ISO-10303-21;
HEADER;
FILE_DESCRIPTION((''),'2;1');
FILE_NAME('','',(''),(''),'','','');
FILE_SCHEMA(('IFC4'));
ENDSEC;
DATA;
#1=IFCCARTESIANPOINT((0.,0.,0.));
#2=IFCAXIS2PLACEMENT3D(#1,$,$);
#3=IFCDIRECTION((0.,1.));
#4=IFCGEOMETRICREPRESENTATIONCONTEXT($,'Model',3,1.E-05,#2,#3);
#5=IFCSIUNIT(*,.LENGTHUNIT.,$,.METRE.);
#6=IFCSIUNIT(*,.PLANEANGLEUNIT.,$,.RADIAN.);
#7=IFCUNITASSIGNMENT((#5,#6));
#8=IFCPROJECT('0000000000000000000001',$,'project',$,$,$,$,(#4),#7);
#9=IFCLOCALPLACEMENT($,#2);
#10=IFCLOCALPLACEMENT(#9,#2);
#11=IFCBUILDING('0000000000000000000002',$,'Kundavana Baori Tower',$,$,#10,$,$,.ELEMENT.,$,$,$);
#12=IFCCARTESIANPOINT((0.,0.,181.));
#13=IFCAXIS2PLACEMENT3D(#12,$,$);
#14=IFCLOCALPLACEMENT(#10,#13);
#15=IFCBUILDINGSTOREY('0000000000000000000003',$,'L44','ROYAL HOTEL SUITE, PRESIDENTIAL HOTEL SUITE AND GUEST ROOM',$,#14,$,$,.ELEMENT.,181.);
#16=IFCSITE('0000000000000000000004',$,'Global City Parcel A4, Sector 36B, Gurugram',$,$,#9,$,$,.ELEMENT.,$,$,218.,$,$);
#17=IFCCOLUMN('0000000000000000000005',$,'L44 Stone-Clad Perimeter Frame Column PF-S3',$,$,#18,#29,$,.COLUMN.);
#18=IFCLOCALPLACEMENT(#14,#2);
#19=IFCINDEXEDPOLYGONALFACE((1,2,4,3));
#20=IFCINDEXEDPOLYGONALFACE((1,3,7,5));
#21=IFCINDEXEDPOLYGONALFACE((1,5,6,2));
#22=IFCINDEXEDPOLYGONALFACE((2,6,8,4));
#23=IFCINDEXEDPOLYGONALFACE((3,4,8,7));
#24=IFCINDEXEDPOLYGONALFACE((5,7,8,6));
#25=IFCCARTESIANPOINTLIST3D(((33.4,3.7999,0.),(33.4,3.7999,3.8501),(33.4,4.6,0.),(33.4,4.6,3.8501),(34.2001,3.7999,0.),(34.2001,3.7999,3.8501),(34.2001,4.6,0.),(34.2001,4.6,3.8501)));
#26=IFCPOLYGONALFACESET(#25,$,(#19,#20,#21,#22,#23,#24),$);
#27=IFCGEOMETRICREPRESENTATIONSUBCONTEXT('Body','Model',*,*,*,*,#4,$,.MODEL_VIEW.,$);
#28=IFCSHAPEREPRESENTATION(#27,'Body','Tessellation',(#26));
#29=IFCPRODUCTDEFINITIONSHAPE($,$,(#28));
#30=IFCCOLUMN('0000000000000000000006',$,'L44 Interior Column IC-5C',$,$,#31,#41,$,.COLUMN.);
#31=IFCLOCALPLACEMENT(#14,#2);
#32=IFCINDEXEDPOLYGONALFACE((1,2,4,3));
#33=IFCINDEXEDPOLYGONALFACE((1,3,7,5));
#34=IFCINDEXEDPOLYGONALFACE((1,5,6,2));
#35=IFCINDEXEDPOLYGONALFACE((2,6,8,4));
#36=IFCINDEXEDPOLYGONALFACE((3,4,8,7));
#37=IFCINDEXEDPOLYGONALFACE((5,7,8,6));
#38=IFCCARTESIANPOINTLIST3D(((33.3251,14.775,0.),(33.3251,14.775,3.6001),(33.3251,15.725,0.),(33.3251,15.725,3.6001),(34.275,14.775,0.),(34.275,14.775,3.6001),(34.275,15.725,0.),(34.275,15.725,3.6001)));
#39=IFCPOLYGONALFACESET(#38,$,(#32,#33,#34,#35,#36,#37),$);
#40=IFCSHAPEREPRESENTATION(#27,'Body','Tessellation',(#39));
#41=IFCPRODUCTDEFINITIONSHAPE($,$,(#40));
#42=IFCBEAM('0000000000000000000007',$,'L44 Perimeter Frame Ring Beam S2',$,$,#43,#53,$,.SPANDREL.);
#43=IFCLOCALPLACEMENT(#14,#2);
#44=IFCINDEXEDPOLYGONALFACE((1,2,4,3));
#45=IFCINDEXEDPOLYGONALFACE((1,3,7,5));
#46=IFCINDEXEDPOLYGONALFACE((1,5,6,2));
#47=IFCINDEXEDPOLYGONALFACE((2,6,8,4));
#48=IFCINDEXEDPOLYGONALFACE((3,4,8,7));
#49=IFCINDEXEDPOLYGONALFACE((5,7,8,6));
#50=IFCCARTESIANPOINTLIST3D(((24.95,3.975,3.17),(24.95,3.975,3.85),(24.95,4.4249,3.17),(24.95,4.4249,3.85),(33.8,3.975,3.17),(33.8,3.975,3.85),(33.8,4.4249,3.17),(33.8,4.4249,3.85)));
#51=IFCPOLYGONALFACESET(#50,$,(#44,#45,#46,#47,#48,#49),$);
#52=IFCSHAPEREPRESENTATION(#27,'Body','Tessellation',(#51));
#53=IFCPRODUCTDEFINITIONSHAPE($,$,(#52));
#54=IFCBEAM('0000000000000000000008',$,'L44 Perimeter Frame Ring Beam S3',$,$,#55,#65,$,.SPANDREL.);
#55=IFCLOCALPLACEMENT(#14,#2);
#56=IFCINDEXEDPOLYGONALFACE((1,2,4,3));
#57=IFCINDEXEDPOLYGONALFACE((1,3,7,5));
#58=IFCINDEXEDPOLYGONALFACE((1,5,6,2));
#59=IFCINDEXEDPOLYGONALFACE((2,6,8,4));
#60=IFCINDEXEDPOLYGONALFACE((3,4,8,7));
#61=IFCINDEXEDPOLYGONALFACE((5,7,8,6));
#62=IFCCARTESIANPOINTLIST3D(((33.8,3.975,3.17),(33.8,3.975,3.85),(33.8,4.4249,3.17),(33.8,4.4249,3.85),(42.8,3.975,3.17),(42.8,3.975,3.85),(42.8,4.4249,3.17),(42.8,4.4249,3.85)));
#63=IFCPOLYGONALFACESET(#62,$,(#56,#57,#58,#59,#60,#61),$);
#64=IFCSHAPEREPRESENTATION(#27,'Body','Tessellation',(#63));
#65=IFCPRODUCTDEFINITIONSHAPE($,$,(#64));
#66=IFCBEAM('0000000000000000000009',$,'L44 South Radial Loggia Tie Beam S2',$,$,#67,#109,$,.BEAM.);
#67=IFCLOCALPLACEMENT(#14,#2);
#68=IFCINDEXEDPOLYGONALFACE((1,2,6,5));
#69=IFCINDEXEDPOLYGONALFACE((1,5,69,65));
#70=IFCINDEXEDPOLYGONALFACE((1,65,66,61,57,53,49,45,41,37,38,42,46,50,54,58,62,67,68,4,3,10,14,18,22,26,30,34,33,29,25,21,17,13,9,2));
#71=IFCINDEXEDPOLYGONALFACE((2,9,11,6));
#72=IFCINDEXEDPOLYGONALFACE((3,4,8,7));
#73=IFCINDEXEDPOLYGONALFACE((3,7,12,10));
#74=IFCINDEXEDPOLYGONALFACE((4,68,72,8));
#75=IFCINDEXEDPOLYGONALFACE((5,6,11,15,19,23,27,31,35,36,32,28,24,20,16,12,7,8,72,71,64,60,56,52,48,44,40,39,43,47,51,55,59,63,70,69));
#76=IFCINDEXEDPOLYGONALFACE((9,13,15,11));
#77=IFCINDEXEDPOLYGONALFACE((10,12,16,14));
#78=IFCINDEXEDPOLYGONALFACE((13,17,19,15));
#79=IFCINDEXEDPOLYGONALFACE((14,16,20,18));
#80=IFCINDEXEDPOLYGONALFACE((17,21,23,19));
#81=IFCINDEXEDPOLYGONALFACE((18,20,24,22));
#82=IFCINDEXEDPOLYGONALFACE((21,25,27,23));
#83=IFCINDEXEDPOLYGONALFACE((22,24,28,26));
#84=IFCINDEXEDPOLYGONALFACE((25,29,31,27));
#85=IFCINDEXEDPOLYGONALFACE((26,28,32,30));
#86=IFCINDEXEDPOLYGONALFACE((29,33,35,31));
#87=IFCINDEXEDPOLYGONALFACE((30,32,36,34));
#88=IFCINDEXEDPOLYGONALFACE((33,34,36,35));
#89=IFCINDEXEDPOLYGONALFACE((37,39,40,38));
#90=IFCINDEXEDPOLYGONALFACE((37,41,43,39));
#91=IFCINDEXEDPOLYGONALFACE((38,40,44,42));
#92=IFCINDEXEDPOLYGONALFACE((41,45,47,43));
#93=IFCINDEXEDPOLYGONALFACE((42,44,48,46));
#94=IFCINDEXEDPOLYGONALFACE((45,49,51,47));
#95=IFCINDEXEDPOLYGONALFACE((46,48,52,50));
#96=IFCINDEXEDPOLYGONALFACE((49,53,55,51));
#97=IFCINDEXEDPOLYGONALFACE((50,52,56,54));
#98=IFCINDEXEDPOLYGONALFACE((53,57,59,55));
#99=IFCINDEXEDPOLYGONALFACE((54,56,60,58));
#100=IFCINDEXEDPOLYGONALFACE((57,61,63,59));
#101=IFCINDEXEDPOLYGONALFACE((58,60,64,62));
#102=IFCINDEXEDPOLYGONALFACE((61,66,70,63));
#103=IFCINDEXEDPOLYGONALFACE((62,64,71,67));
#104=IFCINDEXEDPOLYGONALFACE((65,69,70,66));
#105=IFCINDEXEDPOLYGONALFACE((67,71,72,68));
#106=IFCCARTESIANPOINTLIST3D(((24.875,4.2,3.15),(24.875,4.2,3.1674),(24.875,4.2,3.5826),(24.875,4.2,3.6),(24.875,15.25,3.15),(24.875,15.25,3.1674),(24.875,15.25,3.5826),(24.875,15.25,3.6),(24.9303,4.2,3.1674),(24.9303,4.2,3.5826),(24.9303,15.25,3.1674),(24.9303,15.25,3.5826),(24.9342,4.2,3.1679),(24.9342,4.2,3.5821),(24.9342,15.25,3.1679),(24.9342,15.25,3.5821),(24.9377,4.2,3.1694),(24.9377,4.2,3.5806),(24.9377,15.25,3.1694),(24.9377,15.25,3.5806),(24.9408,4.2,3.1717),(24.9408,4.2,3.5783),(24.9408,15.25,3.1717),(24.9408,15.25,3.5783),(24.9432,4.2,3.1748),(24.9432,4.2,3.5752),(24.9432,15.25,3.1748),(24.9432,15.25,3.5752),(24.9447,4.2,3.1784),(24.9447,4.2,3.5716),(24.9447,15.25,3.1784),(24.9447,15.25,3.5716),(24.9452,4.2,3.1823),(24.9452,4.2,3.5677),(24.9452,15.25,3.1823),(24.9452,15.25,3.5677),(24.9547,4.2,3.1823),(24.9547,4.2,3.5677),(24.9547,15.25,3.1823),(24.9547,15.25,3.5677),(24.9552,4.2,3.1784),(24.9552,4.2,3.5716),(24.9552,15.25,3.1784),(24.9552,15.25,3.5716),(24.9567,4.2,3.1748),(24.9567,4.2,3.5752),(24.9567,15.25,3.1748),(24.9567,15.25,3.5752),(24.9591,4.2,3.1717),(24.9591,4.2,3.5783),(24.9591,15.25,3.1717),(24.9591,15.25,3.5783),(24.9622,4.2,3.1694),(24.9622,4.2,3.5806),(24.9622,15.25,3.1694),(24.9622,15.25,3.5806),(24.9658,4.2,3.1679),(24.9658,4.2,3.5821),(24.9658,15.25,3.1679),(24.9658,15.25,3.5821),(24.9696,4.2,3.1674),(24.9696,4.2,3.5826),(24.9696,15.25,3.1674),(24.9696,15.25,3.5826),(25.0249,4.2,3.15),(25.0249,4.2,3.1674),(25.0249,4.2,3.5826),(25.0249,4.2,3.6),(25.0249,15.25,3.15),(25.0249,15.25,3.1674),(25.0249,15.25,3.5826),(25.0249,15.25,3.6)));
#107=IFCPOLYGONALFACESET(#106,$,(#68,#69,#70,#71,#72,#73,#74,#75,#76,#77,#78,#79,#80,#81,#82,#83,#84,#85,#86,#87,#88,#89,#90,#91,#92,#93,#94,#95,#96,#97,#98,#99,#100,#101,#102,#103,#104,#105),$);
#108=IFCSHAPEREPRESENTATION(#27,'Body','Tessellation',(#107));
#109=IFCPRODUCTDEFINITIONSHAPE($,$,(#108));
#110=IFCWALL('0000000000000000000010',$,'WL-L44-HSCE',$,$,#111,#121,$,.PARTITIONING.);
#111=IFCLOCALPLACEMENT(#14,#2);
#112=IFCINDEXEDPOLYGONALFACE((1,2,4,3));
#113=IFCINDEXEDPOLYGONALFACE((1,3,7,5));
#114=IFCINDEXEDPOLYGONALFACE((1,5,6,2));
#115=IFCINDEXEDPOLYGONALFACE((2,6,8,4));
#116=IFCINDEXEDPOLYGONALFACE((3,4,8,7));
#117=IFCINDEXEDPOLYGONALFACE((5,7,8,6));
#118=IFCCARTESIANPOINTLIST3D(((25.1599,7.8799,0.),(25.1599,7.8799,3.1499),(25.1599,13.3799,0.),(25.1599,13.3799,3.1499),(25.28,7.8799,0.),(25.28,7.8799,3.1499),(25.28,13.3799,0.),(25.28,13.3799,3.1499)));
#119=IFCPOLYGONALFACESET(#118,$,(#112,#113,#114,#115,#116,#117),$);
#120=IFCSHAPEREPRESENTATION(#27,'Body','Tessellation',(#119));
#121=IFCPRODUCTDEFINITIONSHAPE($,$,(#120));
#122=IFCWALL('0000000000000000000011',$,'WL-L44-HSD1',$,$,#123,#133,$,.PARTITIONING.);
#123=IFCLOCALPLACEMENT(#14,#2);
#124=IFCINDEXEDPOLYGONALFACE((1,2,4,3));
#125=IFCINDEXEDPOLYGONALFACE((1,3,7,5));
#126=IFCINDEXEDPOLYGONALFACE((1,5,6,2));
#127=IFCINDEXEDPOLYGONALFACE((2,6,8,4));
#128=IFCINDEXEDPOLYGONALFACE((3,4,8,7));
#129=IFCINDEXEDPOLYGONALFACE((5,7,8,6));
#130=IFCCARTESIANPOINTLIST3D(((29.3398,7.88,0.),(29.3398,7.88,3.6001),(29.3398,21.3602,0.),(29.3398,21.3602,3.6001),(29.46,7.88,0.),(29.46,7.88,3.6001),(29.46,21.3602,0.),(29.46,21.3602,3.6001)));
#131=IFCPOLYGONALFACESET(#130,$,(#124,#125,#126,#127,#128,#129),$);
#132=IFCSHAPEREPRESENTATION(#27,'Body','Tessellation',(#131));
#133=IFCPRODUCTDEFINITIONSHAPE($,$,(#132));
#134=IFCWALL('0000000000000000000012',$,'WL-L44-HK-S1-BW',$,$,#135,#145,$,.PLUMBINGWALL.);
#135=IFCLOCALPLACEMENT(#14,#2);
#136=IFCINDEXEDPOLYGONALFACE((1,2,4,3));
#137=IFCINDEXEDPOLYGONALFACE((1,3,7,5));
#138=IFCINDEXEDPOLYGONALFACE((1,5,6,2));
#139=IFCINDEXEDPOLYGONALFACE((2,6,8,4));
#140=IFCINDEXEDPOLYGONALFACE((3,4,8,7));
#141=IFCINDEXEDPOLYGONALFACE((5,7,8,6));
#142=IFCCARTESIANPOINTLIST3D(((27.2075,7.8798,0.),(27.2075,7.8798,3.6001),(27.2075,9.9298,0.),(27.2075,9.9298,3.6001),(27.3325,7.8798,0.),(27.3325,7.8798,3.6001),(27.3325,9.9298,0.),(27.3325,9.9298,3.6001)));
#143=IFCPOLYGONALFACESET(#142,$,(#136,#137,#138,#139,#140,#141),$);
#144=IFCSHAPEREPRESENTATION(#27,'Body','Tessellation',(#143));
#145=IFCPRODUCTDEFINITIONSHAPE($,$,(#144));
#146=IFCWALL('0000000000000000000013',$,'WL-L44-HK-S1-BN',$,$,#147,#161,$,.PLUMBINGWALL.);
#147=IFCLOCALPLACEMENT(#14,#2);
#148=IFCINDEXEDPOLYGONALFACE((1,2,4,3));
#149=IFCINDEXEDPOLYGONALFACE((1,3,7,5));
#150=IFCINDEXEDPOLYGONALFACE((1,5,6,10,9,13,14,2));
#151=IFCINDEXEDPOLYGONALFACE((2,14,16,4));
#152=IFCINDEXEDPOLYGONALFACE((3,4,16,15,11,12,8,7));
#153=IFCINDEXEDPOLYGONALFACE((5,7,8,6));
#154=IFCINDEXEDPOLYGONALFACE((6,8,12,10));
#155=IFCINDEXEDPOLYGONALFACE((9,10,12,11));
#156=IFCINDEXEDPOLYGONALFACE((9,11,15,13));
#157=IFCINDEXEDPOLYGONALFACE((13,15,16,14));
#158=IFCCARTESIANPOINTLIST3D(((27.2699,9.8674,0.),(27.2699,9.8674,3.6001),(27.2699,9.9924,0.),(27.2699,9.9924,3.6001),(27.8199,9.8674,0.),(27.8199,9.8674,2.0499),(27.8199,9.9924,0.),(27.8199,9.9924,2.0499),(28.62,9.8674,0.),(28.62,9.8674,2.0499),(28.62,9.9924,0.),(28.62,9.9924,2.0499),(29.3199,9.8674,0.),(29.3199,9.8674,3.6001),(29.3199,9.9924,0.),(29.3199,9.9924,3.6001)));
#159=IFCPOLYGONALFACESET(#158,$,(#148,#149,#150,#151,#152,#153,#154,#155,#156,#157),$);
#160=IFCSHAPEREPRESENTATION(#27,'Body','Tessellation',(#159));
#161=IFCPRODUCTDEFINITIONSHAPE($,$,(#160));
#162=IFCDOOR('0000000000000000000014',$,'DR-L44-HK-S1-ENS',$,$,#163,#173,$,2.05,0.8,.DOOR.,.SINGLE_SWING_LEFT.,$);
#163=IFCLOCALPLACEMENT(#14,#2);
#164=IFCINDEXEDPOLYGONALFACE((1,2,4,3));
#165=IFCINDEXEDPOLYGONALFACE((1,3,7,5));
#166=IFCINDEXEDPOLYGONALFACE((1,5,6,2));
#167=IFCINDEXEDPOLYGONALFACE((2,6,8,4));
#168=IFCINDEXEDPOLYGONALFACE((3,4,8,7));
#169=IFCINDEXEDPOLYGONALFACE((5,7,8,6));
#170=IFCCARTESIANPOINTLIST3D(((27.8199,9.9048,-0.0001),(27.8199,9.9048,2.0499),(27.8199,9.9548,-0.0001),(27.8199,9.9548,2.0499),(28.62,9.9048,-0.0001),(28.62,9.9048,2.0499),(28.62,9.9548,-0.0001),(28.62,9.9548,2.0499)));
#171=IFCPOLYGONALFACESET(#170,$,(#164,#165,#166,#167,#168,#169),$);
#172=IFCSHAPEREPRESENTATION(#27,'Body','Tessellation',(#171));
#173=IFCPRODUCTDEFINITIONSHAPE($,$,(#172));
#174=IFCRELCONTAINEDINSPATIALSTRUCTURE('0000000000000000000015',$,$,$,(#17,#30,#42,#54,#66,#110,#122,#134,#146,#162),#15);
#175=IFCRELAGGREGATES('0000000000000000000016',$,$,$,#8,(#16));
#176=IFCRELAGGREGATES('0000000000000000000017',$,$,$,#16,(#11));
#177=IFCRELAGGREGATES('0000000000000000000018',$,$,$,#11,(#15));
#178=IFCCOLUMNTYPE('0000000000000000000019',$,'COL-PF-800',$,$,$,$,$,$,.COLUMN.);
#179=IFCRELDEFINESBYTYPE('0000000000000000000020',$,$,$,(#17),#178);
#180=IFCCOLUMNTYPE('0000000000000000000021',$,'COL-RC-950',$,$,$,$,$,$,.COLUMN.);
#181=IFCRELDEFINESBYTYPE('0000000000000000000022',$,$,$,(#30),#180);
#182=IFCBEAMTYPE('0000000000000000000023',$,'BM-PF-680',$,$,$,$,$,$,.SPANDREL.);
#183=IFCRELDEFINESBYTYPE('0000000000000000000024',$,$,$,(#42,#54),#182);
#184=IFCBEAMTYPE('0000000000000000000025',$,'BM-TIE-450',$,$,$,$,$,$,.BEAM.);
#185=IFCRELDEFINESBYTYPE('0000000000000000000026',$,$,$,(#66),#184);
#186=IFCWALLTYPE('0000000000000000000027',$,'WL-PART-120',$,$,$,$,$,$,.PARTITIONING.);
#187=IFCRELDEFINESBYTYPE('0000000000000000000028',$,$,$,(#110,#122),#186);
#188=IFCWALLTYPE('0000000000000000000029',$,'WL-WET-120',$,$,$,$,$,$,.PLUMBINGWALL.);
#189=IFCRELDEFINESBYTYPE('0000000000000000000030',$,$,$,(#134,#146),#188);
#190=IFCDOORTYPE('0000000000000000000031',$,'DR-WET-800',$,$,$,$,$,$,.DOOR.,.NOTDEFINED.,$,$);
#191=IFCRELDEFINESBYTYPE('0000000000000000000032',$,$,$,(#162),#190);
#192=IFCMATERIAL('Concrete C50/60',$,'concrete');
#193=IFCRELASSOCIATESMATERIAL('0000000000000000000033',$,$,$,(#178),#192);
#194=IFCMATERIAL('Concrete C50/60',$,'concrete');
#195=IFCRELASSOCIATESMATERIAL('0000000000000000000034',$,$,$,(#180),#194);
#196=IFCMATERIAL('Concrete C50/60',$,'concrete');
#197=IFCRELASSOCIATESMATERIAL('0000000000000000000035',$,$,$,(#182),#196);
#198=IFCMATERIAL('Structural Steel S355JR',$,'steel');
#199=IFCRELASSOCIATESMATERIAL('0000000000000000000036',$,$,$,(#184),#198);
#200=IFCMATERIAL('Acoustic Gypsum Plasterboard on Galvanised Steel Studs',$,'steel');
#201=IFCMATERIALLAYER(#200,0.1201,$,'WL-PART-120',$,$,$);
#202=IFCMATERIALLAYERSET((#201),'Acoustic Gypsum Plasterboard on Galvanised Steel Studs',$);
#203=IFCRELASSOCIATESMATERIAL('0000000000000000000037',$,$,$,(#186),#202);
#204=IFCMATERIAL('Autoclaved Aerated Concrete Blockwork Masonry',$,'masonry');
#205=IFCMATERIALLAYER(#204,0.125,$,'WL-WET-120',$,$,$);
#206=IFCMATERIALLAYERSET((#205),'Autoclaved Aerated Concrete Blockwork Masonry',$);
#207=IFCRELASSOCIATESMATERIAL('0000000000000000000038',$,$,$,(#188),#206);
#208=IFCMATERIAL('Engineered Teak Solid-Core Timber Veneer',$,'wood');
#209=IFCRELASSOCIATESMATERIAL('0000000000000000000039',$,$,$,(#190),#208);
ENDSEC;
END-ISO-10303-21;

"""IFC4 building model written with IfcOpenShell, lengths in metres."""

from ifc_helpers import new_model, si_unit, direction, frame, frame_2d, origin, origin_2d, place, context, subcontext, project, spatial, rectangle, i_section, extrude, material, layer, layer_set, material_profile, profile_set, type_object, element, fill, save


model = new_model("IFC4")

# Units and contexts
model_context = context("Model", 3, precision=1e-05, world=origin(), true_north=direction((0.0, 1.0)))
body_context = subcontext(model_context, "Body", "Model", "MODEL_VIEW")
ifc_project = project(units=[si_unit("LENGTHUNIT", "METRE"), si_unit("PLANEANGLEUNIT", "RADIAN")], contexts=[model_context])

# Site, building, storey
site_placement = place(None, origin())
site = spatial("IfcSite", under=ifc_project, at=site_placement, Name="Global City Parcel A4, Sector 36B, Gurugram", CompositionType="ELEMENT", RefElevation=218.0)
building_placement = place(site_placement, origin())
building = spatial("IfcBuilding", under=site, at=building_placement, Name="Kundavana Baori Tower", CompositionType="ELEMENT")
storey_placement = place(building_placement, frame((0.0, 0.0, 181.0)))
storey = spatial("IfcBuildingStorey", under=building, at=storey_placement, Name="L44", Description="ROYAL HOTEL SUITE, PRESIDENTIAL HOTEL SUITE AND GUEST ROOM", CompositionType="ELEMENT", Elevation=181.0)

# Columns
ifc_material_1 = material(Name="Concrete C50/60", Category="concrete")
ifc_material_profile_1 = material_profile(ifc_material_1, rectangle(XDim=0.8, YDim=0.8, at=origin_2d()), Name="RC PF 800x800")
ifc_profile_set_1 = profile_set([ifc_material_profile_1], Name="Concrete C50/60")
column_type_1 = type_object("IfcColumnType", Name="COL-PF-800", PredefinedType="COLUMN", material=ifc_profile_set_1)
column_1_placement = place(storey_placement, frame((33.8, 4.2, 0.0), z_axis=(0.0, 0.0, 1.0), x_axis=(1.0, 0.0, 0.0)))
element("IfcColumn", 1, at=column_1_placement, inside=storey, type_object=column_type_1, Name="L44 Stone-Clad Perimeter Frame Column PF-S3", PredefinedType="COLUMN", context=body_context, shape_type="SweptSolid", body=[
    extrude(rectangle(XDim=0.8, YDim=0.8, at=origin_2d()), origin(), (0.0, 0.0, 1.0), 3.8501),
])
ifc_material_2 = material(Name="Concrete C50/60", Category="concrete")
ifc_material_profile_2 = material_profile(ifc_material_2, rectangle(XDim=0.95, YDim=0.95, at=origin_2d()), Name="RC 950x950")
ifc_profile_set_2 = profile_set([ifc_material_profile_2], Name="Concrete C50/60")
column_type_2 = type_object("IfcColumnType", Name="COL-RC-950", PredefinedType="COLUMN", material=ifc_profile_set_2)
column_2_placement = place(storey_placement, frame((33.8, 15.25, 0.0), z_axis=(0.0, 0.0, 1.0), x_axis=(1.0, 0.0, 0.0)))
element("IfcColumn", 2, at=column_2_placement, inside=storey, type_object=column_type_2, Name="L44 Interior Column IC-5C", PredefinedType="COLUMN", context=body_context, shape_type="SweptSolid", body=[
    extrude(rectangle(XDim=0.95, YDim=0.95, at=origin_2d()), origin(), (0.0, 0.0, 1.0), 3.6001),
])

# Beams
ifc_material_3 = material(Name="Concrete C50/60", Category="concrete")
ifc_material_profile_3 = material_profile(ifc_material_3, rectangle(XDim=0.45, YDim=0.6799, at=origin_2d()), Name="RC BM 450x680")
ifc_profile_set_3 = profile_set([ifc_material_profile_3], Name="Concrete C50/60")
beam_type_1 = type_object("IfcBeamType", Name="BM-PF-680", PredefinedType="SPANDREL", material=ifc_profile_set_3)
beam_1_placement = place(storey_placement, frame((24.95, 4.2, 3.51), z_axis=(1.0, 0.0, 0.0), x_axis=(0.0, 1.0, 0.0)))
element("IfcBeam", 3, at=beam_1_placement, inside=storey, type_object=beam_type_1, Name="L44 Perimeter Frame Ring Beam S2", PredefinedType="SPANDREL", context=body_context, shape_type="SweptSolid", body=[
    extrude(rectangle(XDim=0.45, YDim=0.6799, at=origin_2d()), origin(), (0.0, 0.0, 1.0), 8.8501),
])
beam_2_placement = place(storey_placement, frame((33.8, 4.2, 3.51), z_axis=(1.0, 0.0, 0.0), x_axis=(0.0, 1.0, 0.0)))
element("IfcBeam", 4, at=beam_2_placement, inside=storey, type_object=beam_type_1, Name="L44 Perimeter Frame Ring Beam S3", PredefinedType="SPANDREL", context=body_context, shape_type="SweptSolid", body=[
    extrude(rectangle(XDim=0.45, YDim=0.6799, at=origin_2d()), origin(), (0.0, 0.0, 1.0), 9.0),
])
ifc_material_4 = material(Name="Structural Steel S355JR", Category="steel")
ifc_material_profile_4 = material_profile(ifc_material_4, i_section(OverallWidth=0.1499, OverallDepth=0.45, WebThickness=0.0095, FlangeThickness=0.0173, FilletRadius=0.0149, at=origin_2d()), Name="ISMB 450")
ifc_profile_set_4 = profile_set([ifc_material_profile_4], Name="Structural Steel S355JR")
beam_type_2 = type_object("IfcBeamType", Name="BM-TIE-450", PredefinedType="BEAM", material=ifc_profile_set_4)
beam_3_placement = place(storey_placement, frame((24.95, 15.25, 3.375), z_axis=(0.0, -1.0, 0.0), x_axis=(1.0, 0.0, 0.0)))
element("IfcBeam", 5, at=beam_3_placement, inside=storey, type_object=beam_type_2, Name="L44 South Radial Loggia Tie Beam S2", PredefinedType="BEAM", context=body_context, shape_type="SweptSolid", body=[
    extrude(i_section(OverallWidth=0.1499, OverallDepth=0.45, WebThickness=0.0095, FlangeThickness=0.0173, FilletRadius=0.0149, at=origin_2d()), origin(), (0.0, 0.0, 1.0), 11.05),
])

# Walls
ifc_material_5 = material(Name="Acoustic Gypsum Plasterboard on Galvanised Steel Studs", Category="steel")
ifc_layer_1 = layer(ifc_material_5, 0.1201, Name="WL-PART-120")
ifc_layer_set_1 = layer_set([ifc_layer_1], Name="Acoustic Gypsum Plasterboard on Galvanised Steel Studs")
wall_type_1 = type_object("IfcWallType", Name="WL-PART-120", PredefinedType="PARTITIONING", material=ifc_layer_set_1)
wall_1_placement = place(storey_placement, frame((25.22, 7.8799, 0.0), z_axis=(0.0, 0.0, 1.0), x_axis=(0.0, 1.0, 0.0)))
element("IfcWall", 6, at=wall_1_placement, inside=storey, type_object=wall_type_1, Name="WL-L44-HSCE", PredefinedType="PARTITIONING", context=body_context, shape_type="SweptSolid", body=[
    extrude(rectangle(XDim=5.5, YDim=0.1201, at=frame_2d((2.75, 0.0))), origin(), (0.0, 0.0, 1.0), 3.1499),
])
wall_2_placement = place(storey_placement, frame((29.3999, 7.8799, 0.0), z_axis=(0.0, 0.0, 1.0), x_axis=(0.0, 1.0, 0.0)))
element("IfcWall", 7, at=wall_2_placement, inside=storey, type_object=wall_type_1, Name="WL-L44-HSD1", PredefinedType="PARTITIONING", context=body_context, shape_type="SweptSolid", body=[
    extrude(rectangle(XDim=13.4802, YDim=0.1201, at=frame_2d((6.7402, 0.0))), origin(), (0.0, 0.0, 1.0), 3.6001),
])
ifc_material_6 = material(Name="Autoclaved Aerated Concrete Blockwork Masonry", Category="masonry")
ifc_layer_2 = layer(ifc_material_6, 0.125, Name="WL-WET-120")
ifc_layer_set_2 = layer_set([ifc_layer_2], Name="Autoclaved Aerated Concrete Blockwork Masonry")
wall_type_2 = type_object("IfcWallType", Name="WL-WET-120", PredefinedType="PLUMBINGWALL", material=ifc_layer_set_2)
wall_3_placement = place(storey_placement, frame((27.27, 7.8799, 0.0), z_axis=(0.0, 0.0, 1.0), x_axis=(0.0, 1.0, 0.0)))
element("IfcWall", 8, at=wall_3_placement, inside=storey, type_object=wall_type_2, Name="WL-L44-HK-S1-BW", PredefinedType="PLUMBINGWALL", context=body_context, shape_type="SweptSolid", body=[
    extrude(rectangle(XDim=2.05, YDim=0.125, at=frame_2d((1.0249, 0.0))), origin(), (0.0, 0.0, 1.0), 3.6001),
])

# Wall, opening, door
wall_4_placement = place(storey_placement, frame((27.27, 9.9299, 0.0), z_axis=(0.0, 0.0, 1.0), x_axis=(1.0, 0.0, 0.0)))
wall_4 = element("IfcWall", 9, at=wall_4_placement, inside=storey, type_object=wall_type_2, Name="WL-L44-HK-S1-BN", PredefinedType="PLUMBINGWALL", context=body_context, shape_type="SweptSolid", body=[
    extrude(rectangle(XDim=2.05, YDim=0.125, at=frame_2d((1.0249, 0.0))), origin(), (0.0, 0.0, 1.0), 3.6001),
])
opening_1_placement = place(wall_4_placement, frame((0.55, 0.0, 0.0)))
opening_1 = element("IfcOpeningElement", 10, at=opening_1_placement, cuts=wall_4, PredefinedType="OPENING", context=body_context, shape_type="SweptSolid", body=[
    extrude(rectangle(XDim=0.8, YDim=2.05, at=frame_2d((0.3999, 1.0249))), frame((0.0, 0.0725, 0.0), z_axis=(0.0, -1.0, 0.0), x_axis=(1.0, 0.0, 0.0)), (0.0, 0.0, 1.0), 0.145),
])
ifc_material_7 = material(Name="Engineered Teak Solid-Core Timber Veneer", Category="wood")
door_type = type_object("IfcDoorType", Name="DR-WET-800", OperationType="NOTDEFINED", PredefinedType="DOOR", material=ifc_material_7)
door_1_placement = place(opening_1_placement, origin())
door_1 = element("IfcDoor", 11, at=door_1_placement, inside=storey, type_object=door_type, Name="DR-L44-HK-S1-ENS", OperationType="SINGLE_SWING_LEFT", OverallHeight=2.05, OverallWidth=0.8, PredefinedType="DOOR", context=body_context, shape_type="SweptSolid", body=[
    extrude(rectangle(XDim=0.8, YDim=2.05, at=frame_2d((0.3999, 1.0249))), frame((0.0, 0.0249, 0.0), z_axis=(0.0, -1.0, 0.0), x_axis=(1.0, 0.0, 0.0)), (0.0, 0.0, 1.0), 0.05),
])
fill(opening_1, door_1)

save(model, "model.ifc")
